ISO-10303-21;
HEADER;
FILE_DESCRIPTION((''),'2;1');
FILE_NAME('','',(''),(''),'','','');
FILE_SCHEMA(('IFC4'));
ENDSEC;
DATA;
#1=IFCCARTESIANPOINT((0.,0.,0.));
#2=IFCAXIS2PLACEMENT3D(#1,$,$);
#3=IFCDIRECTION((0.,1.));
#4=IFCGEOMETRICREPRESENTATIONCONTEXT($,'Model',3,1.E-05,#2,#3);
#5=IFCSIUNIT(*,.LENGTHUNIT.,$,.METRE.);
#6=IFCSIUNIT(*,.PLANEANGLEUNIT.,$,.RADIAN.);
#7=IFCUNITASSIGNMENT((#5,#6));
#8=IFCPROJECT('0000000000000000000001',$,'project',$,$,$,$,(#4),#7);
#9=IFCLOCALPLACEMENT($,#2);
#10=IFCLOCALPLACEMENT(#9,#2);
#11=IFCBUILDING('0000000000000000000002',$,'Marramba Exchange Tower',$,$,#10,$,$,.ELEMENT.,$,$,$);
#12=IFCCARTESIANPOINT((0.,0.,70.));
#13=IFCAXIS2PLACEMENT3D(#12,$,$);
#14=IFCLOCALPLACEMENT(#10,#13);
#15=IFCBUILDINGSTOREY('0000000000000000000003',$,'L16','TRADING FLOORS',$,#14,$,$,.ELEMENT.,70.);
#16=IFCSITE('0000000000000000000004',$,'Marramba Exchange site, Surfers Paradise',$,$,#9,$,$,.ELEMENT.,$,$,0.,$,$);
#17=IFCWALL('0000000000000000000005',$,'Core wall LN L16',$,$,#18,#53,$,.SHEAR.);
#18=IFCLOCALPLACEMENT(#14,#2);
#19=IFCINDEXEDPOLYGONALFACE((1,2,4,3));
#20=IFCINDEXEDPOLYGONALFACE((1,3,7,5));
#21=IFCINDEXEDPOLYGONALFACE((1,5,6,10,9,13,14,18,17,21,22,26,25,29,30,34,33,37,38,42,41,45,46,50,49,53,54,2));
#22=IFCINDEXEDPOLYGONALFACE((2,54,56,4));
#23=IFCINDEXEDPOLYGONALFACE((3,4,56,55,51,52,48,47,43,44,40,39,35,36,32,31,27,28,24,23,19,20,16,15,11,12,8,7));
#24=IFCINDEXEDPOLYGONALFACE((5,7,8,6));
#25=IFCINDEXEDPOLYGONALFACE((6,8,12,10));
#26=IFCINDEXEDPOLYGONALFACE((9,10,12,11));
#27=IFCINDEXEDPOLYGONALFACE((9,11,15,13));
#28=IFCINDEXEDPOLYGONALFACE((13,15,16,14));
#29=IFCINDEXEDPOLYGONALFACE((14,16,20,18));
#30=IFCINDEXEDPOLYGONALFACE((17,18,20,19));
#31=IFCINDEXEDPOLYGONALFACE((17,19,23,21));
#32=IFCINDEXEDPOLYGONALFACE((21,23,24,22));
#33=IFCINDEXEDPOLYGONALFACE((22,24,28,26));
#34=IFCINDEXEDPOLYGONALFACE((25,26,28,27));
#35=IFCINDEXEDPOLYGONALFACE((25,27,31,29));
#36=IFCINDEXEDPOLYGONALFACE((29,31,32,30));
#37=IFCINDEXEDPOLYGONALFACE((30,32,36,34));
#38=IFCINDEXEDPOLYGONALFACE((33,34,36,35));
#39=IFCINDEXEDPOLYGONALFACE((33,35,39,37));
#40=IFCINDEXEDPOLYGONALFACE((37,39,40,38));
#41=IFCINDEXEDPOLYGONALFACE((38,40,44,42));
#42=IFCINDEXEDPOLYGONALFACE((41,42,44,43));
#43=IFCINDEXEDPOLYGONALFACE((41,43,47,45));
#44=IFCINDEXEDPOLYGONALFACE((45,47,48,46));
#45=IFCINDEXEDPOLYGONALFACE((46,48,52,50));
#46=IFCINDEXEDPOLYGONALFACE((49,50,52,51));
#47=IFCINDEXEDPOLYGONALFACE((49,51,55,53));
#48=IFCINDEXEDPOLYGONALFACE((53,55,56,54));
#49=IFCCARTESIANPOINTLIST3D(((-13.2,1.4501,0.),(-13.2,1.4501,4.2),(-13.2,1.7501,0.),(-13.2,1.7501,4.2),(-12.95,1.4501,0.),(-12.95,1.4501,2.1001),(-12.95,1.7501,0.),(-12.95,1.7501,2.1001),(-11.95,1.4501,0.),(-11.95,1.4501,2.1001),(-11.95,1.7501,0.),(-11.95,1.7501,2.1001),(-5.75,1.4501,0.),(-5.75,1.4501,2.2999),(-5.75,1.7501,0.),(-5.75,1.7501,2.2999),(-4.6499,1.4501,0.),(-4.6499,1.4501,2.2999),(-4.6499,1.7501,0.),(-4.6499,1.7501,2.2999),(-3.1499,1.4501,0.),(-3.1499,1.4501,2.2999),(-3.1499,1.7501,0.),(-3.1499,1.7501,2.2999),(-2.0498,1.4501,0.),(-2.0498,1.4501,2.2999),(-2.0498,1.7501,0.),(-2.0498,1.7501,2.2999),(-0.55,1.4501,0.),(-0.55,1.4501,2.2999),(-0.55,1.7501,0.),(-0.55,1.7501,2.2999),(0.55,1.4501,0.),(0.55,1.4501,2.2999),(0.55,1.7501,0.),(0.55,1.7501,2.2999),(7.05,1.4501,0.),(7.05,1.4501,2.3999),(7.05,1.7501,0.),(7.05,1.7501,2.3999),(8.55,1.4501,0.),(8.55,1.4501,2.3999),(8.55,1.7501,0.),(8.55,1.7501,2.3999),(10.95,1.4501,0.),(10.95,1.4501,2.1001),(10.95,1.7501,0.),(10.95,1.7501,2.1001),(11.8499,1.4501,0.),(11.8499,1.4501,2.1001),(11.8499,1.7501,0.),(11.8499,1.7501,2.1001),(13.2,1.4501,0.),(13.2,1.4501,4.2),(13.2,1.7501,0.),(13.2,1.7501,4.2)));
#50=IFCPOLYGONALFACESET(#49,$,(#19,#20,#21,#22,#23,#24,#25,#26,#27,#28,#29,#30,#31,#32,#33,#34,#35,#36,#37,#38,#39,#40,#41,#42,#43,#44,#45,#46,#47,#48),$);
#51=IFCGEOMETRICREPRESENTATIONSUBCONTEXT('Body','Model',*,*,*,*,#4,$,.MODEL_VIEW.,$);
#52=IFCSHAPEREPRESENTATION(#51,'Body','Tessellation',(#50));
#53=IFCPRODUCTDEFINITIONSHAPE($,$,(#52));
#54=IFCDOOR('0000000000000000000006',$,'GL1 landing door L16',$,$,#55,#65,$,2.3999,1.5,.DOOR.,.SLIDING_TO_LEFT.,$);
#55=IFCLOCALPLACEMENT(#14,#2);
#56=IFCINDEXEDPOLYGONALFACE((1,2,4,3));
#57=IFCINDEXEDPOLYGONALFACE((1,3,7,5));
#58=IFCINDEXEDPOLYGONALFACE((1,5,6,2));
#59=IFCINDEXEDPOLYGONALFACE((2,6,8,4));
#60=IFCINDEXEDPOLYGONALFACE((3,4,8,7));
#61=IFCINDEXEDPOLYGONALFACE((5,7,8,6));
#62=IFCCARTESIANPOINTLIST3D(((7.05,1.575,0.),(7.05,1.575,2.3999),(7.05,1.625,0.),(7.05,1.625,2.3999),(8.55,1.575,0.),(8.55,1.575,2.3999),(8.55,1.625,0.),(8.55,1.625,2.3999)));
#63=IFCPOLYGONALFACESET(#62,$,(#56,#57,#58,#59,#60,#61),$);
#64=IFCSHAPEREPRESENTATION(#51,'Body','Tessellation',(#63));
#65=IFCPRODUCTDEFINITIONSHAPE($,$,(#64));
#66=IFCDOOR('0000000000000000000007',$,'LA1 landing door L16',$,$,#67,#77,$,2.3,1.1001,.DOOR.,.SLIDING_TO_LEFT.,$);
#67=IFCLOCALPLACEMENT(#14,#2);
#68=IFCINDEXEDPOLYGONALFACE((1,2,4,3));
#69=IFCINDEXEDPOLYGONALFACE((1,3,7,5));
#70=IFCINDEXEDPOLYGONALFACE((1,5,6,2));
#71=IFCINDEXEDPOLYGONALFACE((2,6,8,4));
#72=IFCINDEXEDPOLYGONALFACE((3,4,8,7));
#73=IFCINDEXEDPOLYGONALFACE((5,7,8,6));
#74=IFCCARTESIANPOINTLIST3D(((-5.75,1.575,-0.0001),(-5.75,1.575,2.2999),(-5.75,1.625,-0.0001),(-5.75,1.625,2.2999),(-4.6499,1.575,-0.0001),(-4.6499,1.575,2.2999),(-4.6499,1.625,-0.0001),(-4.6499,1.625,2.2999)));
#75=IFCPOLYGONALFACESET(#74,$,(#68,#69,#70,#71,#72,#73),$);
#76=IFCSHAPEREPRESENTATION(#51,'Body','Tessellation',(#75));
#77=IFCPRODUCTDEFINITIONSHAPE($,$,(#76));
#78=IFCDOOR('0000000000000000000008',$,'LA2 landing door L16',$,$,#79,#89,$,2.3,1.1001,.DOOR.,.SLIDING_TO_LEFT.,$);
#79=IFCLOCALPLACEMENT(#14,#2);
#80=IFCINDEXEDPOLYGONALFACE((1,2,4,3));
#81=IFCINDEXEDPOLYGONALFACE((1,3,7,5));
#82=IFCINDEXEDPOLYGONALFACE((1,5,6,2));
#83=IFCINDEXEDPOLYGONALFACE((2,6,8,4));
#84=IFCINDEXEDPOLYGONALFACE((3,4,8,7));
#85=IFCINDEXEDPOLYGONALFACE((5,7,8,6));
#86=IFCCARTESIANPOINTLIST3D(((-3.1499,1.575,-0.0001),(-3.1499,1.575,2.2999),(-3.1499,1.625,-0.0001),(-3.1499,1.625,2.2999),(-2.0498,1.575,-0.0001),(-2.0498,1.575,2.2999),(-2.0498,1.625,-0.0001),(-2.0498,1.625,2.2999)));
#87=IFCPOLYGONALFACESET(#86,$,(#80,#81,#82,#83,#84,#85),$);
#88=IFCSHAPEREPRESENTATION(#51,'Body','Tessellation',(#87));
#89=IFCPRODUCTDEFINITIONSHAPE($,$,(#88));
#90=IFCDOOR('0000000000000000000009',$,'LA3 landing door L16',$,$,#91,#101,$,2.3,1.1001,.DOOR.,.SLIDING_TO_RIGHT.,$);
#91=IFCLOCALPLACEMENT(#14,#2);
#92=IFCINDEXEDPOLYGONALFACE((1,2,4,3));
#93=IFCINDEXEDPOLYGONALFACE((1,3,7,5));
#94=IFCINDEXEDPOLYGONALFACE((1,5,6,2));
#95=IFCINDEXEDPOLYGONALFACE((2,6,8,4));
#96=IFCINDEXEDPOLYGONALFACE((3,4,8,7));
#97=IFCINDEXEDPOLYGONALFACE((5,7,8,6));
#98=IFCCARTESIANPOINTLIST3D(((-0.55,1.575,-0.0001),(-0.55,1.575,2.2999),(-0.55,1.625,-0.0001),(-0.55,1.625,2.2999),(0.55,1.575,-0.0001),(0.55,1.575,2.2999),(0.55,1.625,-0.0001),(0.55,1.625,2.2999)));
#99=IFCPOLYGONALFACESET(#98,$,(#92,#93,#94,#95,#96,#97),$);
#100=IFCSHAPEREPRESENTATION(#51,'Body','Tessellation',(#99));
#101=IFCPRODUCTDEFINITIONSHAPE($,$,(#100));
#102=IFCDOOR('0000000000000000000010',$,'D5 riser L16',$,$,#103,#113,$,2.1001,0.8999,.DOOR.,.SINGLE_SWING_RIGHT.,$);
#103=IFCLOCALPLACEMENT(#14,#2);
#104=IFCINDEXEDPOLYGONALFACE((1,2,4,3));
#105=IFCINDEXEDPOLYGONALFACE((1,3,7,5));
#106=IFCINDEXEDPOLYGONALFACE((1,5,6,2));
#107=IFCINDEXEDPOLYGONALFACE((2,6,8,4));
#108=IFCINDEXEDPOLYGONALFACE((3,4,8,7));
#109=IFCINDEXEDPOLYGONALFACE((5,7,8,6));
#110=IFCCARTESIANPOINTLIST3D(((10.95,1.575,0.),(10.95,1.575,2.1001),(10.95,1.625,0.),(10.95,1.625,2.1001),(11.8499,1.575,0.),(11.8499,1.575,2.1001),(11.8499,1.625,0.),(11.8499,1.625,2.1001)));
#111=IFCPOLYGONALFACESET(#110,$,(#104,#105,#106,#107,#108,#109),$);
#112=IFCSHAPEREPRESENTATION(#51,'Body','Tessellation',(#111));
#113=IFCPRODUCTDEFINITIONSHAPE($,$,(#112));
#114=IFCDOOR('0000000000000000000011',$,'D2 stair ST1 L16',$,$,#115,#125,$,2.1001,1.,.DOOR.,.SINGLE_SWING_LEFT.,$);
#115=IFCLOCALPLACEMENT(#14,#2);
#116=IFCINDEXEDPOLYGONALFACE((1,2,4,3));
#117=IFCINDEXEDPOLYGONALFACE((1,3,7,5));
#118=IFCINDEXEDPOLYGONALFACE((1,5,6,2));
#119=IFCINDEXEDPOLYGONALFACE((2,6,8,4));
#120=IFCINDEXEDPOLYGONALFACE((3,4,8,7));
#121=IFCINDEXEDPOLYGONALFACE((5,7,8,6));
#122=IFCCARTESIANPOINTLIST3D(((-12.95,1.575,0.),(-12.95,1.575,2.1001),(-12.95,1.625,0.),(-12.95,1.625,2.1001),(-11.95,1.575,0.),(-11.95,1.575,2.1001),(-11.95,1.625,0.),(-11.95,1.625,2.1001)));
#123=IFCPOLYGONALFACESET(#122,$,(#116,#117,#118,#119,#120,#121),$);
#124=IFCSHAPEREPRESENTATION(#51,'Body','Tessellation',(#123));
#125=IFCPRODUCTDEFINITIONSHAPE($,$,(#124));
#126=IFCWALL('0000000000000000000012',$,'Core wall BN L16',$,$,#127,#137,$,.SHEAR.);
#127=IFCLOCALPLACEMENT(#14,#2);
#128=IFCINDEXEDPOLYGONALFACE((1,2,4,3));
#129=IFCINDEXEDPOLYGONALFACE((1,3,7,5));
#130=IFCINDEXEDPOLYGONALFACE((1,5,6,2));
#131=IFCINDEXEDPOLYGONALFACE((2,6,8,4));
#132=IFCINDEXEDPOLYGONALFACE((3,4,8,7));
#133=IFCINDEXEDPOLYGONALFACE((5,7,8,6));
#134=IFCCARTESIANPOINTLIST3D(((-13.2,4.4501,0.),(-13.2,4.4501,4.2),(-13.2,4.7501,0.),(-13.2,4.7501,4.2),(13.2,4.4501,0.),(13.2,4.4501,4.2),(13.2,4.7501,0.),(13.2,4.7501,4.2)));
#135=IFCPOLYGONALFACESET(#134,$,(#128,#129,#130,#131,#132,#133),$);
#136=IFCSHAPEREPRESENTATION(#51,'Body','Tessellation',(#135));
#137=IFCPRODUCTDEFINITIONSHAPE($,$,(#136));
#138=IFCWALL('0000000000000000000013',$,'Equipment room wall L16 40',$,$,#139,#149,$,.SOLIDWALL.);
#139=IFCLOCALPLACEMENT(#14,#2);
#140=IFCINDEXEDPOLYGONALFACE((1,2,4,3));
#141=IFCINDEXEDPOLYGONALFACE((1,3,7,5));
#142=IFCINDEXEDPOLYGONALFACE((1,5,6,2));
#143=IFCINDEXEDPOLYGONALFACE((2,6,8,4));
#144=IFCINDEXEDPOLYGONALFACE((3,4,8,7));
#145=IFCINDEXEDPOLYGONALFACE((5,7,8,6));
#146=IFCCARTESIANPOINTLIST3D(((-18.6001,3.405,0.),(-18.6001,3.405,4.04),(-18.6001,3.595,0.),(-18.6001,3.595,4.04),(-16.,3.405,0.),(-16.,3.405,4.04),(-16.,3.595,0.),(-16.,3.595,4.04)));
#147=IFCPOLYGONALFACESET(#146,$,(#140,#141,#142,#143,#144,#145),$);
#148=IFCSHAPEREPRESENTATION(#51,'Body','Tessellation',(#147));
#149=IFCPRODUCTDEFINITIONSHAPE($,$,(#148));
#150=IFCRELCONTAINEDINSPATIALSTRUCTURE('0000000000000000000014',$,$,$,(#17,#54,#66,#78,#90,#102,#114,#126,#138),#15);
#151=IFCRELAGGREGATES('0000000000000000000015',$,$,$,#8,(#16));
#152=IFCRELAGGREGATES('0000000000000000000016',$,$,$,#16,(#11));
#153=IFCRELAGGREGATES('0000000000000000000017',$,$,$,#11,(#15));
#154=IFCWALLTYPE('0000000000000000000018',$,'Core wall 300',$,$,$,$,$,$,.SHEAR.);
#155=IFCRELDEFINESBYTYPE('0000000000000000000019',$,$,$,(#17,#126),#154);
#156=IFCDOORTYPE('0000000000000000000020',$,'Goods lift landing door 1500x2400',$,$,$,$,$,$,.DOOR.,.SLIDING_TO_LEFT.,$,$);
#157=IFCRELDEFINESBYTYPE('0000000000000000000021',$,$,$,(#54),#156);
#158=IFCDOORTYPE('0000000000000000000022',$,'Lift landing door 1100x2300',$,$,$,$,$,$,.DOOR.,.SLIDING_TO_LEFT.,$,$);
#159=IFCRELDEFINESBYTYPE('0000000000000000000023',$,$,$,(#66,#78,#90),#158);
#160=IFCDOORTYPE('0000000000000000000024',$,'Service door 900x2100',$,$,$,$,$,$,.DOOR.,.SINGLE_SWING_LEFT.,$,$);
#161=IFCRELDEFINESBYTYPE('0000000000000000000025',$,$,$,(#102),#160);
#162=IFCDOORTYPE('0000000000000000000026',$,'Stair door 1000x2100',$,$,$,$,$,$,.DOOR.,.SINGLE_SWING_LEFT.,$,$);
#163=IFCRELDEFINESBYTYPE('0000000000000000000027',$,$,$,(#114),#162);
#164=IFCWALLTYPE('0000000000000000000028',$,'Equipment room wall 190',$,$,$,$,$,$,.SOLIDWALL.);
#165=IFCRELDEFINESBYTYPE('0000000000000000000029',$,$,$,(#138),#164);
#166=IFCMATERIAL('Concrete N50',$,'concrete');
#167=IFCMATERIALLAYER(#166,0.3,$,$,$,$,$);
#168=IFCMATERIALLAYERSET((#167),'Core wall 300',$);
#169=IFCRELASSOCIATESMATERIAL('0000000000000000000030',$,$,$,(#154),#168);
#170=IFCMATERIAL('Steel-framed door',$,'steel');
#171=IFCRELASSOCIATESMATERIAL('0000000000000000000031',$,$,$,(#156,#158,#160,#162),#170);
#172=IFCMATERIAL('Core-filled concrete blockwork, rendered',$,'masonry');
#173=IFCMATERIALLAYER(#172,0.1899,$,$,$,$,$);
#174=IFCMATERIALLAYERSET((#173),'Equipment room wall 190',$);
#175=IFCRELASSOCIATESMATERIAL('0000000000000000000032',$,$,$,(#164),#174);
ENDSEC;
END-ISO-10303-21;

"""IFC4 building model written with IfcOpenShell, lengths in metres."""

from ifc_helpers import new_model, si_unit, direction, frame, frame_2d, origin, place, context, subcontext, project, spatial, rectangle, extrude, material, layer, layer_set, type_object, element, fill, save


model = new_model("IFC4")

# Units and contexts
model_context = context("Model", 3, precision=1e-05, world=origin(), true_north=direction((0.0, 1.0)))
body_context = subcontext(model_context, "Body", "Model", "MODEL_VIEW")
ifc_project = project(units=[si_unit("LENGTHUNIT", "METRE"), si_unit("PLANEANGLEUNIT", "RADIAN")], contexts=[model_context])

# Site, building, storey
site_placement = place(None, origin())
site = spatial("IfcSite", under=ifc_project, at=site_placement, Name="Marramba Exchange site, Surfers Paradise", CompositionType="ELEMENT", RefElevation=0.0)
building_placement = place(site_placement, origin())
building = spatial("IfcBuilding", under=site, at=building_placement, Name="Marramba Exchange Tower", CompositionType="ELEMENT")
storey_placement = place(building_placement, frame((0.0, 0.0, 70.0)))
storey = spatial("IfcBuildingStorey", under=building, at=storey_placement, Name="L16", Description="TRADING FLOORS", CompositionType="ELEMENT", Elevation=70.0)

# Shared definitions
ifc_material_1 = material(Name="Concrete N50", Category="concrete")
ifc_material_2 = material(Name="Steel-framed door", Category="steel")

# Wall, openings, doors
ifc_layer_1 = layer(ifc_material_1, 0.3)
ifc_layer_set_1 = layer_set([ifc_layer_1], Name="Core wall 300")
wall_type_1 = type_object("IfcWallType", Name="Core wall 300", PredefinedType="SHEAR", material=ifc_layer_set_1)
wall_1_placement = place(storey_placement, frame((-13.2, 1.6001, 0.0), z_axis=(0.0, 0.0, 1.0), x_axis=(1.0, 0.0, 0.0)))
wall_1 = element("IfcWall", 1, at=wall_1_placement, inside=storey, type_object=wall_type_1, Name="Core wall LN L16", PredefinedType="SHEAR", context=body_context, shape_type="SweptSolid", body=[
    extrude(rectangle(XDim=26.3999, YDim=0.3, at=frame_2d((13.2, 0.0))), origin(), (0.0, 0.0, 1.0), 4.2),
])
opening_1_placement = place(wall_1_placement, frame((0.25, 0.0, 0.0)))
opening_1 = element("IfcOpeningElement", 2, at=opening_1_placement, cuts=wall_1, PredefinedType="OPENING", context=body_context, shape_type="SweptSolid", body=[
    extrude(rectangle(XDim=1.0, YDim=2.1001, at=frame_2d((0.5, 1.05))), frame((0.0, 0.1599, 0.0), z_axis=(0.0, -1.0, 0.0), x_axis=(1.0, 0.0, 0.0)), (0.0, 0.0, 1.0), 0.3201),
])
opening_2_placement = place(wall_1_placement, frame((20.25, 0.0, 0.0)))
opening_2 = element("IfcOpeningElement", 3, at=opening_2_placement, cuts=wall_1, PredefinedType="OPENING", context=body_context, shape_type="SweptSolid", body=[
    extrude(rectangle(XDim=1.5, YDim=2.3999, at=frame_2d((0.75, 1.2))), frame((0.0, 0.1599, 0.0), z_axis=(0.0, -1.0, 0.0), x_axis=(1.0, 0.0, 0.0)), (0.0, 0.0, 1.0), 0.3201),
])
opening_3_placement = place(wall_1_placement, frame((7.45, 0.0, 0.0)))
opening_3 = element("IfcOpeningElement", 4, at=opening_3_placement, cuts=wall_1, PredefinedType="OPENING", context=body_context, shape_type="SweptSolid", body=[
    extrude(rectangle(XDim=1.1001, YDim=2.3, at=frame_2d((0.55, 1.1499))), frame((0.0, 0.1599, 0.0), z_axis=(0.0, -1.0, 0.0), x_axis=(1.0, 0.0, 0.0)), (0.0, 0.0, 1.0), 0.3201),
])
opening_4_placement = place(wall_1_placement, frame((10.05, 0.0, 0.0)))
opening_4 = element("IfcOpeningElement", 5, at=opening_4_placement, cuts=wall_1, PredefinedType="OPENING", context=body_context, shape_type="SweptSolid", body=[
    extrude(rectangle(XDim=1.1001, YDim=2.3, at=frame_2d((0.55, 1.1499))), frame((0.0, 0.1599, 0.0), z_axis=(0.0, -1.0, 0.0), x_axis=(1.0, 0.0, 0.0)), (0.0, 0.0, 1.0), 0.3201),
])
opening_5_placement = place(wall_1_placement, frame((12.6499, 0.0, 0.0)))
opening_5 = element("IfcOpeningElement", 6, at=opening_5_placement, cuts=wall_1, PredefinedType="OPENING", context=body_context, shape_type="SweptSolid", body=[
    extrude(rectangle(XDim=1.1001, YDim=2.3, at=frame_2d((0.55, 1.1499))), frame((0.0, 0.1599, 0.0), z_axis=(0.0, -1.0, 0.0), x_axis=(1.0, 0.0, 0.0)), (0.0, 0.0, 1.0), 0.3201),
])
opening_6_placement = place(wall_1_placement, frame((24.1499, 0.0, 0.0)))
opening_6 = element("IfcOpeningElement", 7, at=opening_6_placement, cuts=wall_1, PredefinedType="OPENING", context=body_context, shape_type="SweptSolid", body=[
    extrude(rectangle(XDim=0.8999, YDim=2.1001, at=frame_2d((0.45, 1.05))), frame((0.0, 0.1599, 0.0), z_axis=(0.0, -1.0, 0.0), x_axis=(1.0, 0.0, 0.0)), (0.0, 0.0, 1.0), 0.3201),
])
door_type_1 = type_object("IfcDoorType", Name="Goods lift landing door 1500x2400", OperationType="SLIDING_TO_LEFT", PredefinedType="DOOR", material=ifc_material_2)
door_1_placement = place(opening_2_placement, origin())
door_1 = element("IfcDoor", 8, at=door_1_placement, inside=storey, type_object=door_type_1, Name="GL1 landing door L16", OperationType="SLIDING_TO_LEFT", OverallHeight=2.3999, OverallWidth=1.5, PredefinedType="DOOR", context=body_context, shape_type="SweptSolid", body=[
    extrude(rectangle(XDim=1.5, YDim=2.3999, at=frame_2d((0.75, 1.2))), frame((0.0, 0.0249, 0.0), z_axis=(0.0, -1.0, 0.0), x_axis=(1.0, 0.0, 0.0)), (0.0, 0.0, 1.0), 0.05),
])
fill(opening_2, door_1)
door_type_2 = type_object("IfcDoorType", Name="Lift landing door 1100x2300", OperationType="SLIDING_TO_LEFT", PredefinedType="DOOR", material=ifc_material_2)
door_2_placement = place(opening_3_placement, origin())
door_2 = element("IfcDoor", 9, at=door_2_placement, inside=storey, type_object=door_type_2, Name="LA1 landing door L16", OperationType="SLIDING_TO_LEFT", OverallHeight=2.3, OverallWidth=1.1001, PredefinedType="DOOR", context=body_context, shape_type="SweptSolid", body=[
    extrude(rectangle(XDim=1.1001, YDim=2.3, at=frame_2d((0.55, 1.1499))), frame((0.0, 0.0249, 0.0), z_axis=(0.0, -1.0, 0.0), x_axis=(1.0, 0.0, 0.0)), (0.0, 0.0, 1.0), 0.05),
])
fill(opening_3, door_2)
door_3_placement = place(opening_4_placement, origin())
door_3 = element("IfcDoor", 10, at=door_3_placement, inside=storey, type_object=door_type_2, Name="LA2 landing door L16", OperationType="SLIDING_TO_LEFT", OverallHeight=2.3, OverallWidth=1.1001, PredefinedType="DOOR", context=body_context, shape_type="SweptSolid", body=[
    extrude(rectangle(XDim=1.1001, YDim=2.3, at=frame_2d((0.55, 1.1499))), frame((0.0, 0.0249, 0.0), z_axis=(0.0, -1.0, 0.0), x_axis=(1.0, 0.0, 0.0)), (0.0, 0.0, 1.0), 0.05),
])
fill(opening_4, door_3)
door_4_placement = place(opening_5_placement, origin())
door_4 = element("IfcDoor", 11, at=door_4_placement, inside=storey, type_object=door_type_2, Name="LA3 landing door L16", OperationType="SLIDING_TO_RIGHT", OverallHeight=2.3, OverallWidth=1.1001, PredefinedType="DOOR", context=body_context, shape_type="SweptSolid", body=[
    extrude(rectangle(XDim=1.1001, YDim=2.3, at=frame_2d((0.55, 1.1499))), frame((0.0, 0.0249, 0.0), z_axis=(0.0, -1.0, 0.0), x_axis=(1.0, 0.0, 0.0)), (0.0, 0.0, 1.0), 0.05),
])
fill(opening_5, door_4)
door_type_3 = type_object("IfcDoorType", Name="Service door 900x2100", OperationType="SINGLE_SWING_LEFT", PredefinedType="DOOR", material=ifc_material_2)
door_5_placement = place(opening_6_placement, origin())
door_5 = element("IfcDoor", 12, at=door_5_placement, inside=storey, type_object=door_type_3, Name="D5 riser L16", OperationType="SINGLE_SWING_RIGHT", OverallHeight=2.1001, OverallWidth=0.8999, PredefinedType="DOOR", context=body_context, shape_type="SweptSolid", body=[
    extrude(rectangle(XDim=0.8999, YDim=2.1001, at=frame_2d((0.45, 1.05))), frame((0.0, 0.0249, 0.0), z_axis=(0.0, -1.0, 0.0), x_axis=(1.0, 0.0, 0.0)), (0.0, 0.0, 1.0), 0.05),
])
fill(opening_6, door_5)
door_type_4 = type_object("IfcDoorType", Name="Stair door 1000x2100", OperationType="SINGLE_SWING_LEFT", PredefinedType="DOOR", material=ifc_material_2)
door_6_placement = place(opening_1_placement, origin())
door_6 = element("IfcDoor", 13, at=door_6_placement, inside=storey, type_object=door_type_4, Name="D2 stair ST1 L16", OperationType="SINGLE_SWING_LEFT", OverallHeight=2.1001, OverallWidth=1.0, PredefinedType="DOOR", context=body_context, shape_type="SweptSolid", body=[
    extrude(rectangle(XDim=1.0, YDim=2.1001, at=frame_2d((0.5, 1.05))), frame((0.0, 0.0249, 0.0), z_axis=(0.0, -1.0, 0.0), x_axis=(1.0, 0.0, 0.0)), (0.0, 0.0, 1.0), 0.05),
])
fill(opening_1, door_6)

# Walls
wall_2_placement = place(storey_placement, frame((-13.2, 4.6001, 0.0), z_axis=(0.0, 0.0, 1.0), x_axis=(1.0, 0.0, 0.0)))
element("IfcWall", 14, at=wall_2_placement, inside=storey, type_object=wall_type_1, Name="Core wall BN L16", PredefinedType="SHEAR", context=body_context, shape_type="SweptSolid", body=[
    extrude(rectangle(XDim=26.3999, YDim=0.3, at=frame_2d((13.2, 0.0))), origin(), (0.0, 0.0, 1.0), 4.2),
])
ifc_material_3 = material(Name="Core-filled concrete blockwork, rendered", Category="masonry")
ifc_layer_2 = layer(ifc_material_3, 0.1899)
ifc_layer_set_2 = layer_set([ifc_layer_2], Name="Equipment room wall 190")
wall_type_2 = type_object("IfcWallType", Name="Equipment room wall 190", PredefinedType="SOLIDWALL", material=ifc_layer_set_2)
wall_3_placement = place(storey_placement, frame((-16.0, 3.5, 0.0), z_axis=(0.0, 0.0, 1.0), x_axis=(-1.0, 0.0, 0.0)))
element("IfcWall", 15, at=wall_3_placement, inside=storey, type_object=wall_type_2, Name="Equipment room wall L16 40", PredefinedType="SOLIDWALL", context=body_context, shape_type="SweptSolid", body=[
    extrude(rectangle(XDim=2.6001, YDim=0.1899, at=frame_2d((1.3, 0.0))), origin(), (0.0, 0.0, 1.0), 4.04),
])

save(model, "model.ifc")
